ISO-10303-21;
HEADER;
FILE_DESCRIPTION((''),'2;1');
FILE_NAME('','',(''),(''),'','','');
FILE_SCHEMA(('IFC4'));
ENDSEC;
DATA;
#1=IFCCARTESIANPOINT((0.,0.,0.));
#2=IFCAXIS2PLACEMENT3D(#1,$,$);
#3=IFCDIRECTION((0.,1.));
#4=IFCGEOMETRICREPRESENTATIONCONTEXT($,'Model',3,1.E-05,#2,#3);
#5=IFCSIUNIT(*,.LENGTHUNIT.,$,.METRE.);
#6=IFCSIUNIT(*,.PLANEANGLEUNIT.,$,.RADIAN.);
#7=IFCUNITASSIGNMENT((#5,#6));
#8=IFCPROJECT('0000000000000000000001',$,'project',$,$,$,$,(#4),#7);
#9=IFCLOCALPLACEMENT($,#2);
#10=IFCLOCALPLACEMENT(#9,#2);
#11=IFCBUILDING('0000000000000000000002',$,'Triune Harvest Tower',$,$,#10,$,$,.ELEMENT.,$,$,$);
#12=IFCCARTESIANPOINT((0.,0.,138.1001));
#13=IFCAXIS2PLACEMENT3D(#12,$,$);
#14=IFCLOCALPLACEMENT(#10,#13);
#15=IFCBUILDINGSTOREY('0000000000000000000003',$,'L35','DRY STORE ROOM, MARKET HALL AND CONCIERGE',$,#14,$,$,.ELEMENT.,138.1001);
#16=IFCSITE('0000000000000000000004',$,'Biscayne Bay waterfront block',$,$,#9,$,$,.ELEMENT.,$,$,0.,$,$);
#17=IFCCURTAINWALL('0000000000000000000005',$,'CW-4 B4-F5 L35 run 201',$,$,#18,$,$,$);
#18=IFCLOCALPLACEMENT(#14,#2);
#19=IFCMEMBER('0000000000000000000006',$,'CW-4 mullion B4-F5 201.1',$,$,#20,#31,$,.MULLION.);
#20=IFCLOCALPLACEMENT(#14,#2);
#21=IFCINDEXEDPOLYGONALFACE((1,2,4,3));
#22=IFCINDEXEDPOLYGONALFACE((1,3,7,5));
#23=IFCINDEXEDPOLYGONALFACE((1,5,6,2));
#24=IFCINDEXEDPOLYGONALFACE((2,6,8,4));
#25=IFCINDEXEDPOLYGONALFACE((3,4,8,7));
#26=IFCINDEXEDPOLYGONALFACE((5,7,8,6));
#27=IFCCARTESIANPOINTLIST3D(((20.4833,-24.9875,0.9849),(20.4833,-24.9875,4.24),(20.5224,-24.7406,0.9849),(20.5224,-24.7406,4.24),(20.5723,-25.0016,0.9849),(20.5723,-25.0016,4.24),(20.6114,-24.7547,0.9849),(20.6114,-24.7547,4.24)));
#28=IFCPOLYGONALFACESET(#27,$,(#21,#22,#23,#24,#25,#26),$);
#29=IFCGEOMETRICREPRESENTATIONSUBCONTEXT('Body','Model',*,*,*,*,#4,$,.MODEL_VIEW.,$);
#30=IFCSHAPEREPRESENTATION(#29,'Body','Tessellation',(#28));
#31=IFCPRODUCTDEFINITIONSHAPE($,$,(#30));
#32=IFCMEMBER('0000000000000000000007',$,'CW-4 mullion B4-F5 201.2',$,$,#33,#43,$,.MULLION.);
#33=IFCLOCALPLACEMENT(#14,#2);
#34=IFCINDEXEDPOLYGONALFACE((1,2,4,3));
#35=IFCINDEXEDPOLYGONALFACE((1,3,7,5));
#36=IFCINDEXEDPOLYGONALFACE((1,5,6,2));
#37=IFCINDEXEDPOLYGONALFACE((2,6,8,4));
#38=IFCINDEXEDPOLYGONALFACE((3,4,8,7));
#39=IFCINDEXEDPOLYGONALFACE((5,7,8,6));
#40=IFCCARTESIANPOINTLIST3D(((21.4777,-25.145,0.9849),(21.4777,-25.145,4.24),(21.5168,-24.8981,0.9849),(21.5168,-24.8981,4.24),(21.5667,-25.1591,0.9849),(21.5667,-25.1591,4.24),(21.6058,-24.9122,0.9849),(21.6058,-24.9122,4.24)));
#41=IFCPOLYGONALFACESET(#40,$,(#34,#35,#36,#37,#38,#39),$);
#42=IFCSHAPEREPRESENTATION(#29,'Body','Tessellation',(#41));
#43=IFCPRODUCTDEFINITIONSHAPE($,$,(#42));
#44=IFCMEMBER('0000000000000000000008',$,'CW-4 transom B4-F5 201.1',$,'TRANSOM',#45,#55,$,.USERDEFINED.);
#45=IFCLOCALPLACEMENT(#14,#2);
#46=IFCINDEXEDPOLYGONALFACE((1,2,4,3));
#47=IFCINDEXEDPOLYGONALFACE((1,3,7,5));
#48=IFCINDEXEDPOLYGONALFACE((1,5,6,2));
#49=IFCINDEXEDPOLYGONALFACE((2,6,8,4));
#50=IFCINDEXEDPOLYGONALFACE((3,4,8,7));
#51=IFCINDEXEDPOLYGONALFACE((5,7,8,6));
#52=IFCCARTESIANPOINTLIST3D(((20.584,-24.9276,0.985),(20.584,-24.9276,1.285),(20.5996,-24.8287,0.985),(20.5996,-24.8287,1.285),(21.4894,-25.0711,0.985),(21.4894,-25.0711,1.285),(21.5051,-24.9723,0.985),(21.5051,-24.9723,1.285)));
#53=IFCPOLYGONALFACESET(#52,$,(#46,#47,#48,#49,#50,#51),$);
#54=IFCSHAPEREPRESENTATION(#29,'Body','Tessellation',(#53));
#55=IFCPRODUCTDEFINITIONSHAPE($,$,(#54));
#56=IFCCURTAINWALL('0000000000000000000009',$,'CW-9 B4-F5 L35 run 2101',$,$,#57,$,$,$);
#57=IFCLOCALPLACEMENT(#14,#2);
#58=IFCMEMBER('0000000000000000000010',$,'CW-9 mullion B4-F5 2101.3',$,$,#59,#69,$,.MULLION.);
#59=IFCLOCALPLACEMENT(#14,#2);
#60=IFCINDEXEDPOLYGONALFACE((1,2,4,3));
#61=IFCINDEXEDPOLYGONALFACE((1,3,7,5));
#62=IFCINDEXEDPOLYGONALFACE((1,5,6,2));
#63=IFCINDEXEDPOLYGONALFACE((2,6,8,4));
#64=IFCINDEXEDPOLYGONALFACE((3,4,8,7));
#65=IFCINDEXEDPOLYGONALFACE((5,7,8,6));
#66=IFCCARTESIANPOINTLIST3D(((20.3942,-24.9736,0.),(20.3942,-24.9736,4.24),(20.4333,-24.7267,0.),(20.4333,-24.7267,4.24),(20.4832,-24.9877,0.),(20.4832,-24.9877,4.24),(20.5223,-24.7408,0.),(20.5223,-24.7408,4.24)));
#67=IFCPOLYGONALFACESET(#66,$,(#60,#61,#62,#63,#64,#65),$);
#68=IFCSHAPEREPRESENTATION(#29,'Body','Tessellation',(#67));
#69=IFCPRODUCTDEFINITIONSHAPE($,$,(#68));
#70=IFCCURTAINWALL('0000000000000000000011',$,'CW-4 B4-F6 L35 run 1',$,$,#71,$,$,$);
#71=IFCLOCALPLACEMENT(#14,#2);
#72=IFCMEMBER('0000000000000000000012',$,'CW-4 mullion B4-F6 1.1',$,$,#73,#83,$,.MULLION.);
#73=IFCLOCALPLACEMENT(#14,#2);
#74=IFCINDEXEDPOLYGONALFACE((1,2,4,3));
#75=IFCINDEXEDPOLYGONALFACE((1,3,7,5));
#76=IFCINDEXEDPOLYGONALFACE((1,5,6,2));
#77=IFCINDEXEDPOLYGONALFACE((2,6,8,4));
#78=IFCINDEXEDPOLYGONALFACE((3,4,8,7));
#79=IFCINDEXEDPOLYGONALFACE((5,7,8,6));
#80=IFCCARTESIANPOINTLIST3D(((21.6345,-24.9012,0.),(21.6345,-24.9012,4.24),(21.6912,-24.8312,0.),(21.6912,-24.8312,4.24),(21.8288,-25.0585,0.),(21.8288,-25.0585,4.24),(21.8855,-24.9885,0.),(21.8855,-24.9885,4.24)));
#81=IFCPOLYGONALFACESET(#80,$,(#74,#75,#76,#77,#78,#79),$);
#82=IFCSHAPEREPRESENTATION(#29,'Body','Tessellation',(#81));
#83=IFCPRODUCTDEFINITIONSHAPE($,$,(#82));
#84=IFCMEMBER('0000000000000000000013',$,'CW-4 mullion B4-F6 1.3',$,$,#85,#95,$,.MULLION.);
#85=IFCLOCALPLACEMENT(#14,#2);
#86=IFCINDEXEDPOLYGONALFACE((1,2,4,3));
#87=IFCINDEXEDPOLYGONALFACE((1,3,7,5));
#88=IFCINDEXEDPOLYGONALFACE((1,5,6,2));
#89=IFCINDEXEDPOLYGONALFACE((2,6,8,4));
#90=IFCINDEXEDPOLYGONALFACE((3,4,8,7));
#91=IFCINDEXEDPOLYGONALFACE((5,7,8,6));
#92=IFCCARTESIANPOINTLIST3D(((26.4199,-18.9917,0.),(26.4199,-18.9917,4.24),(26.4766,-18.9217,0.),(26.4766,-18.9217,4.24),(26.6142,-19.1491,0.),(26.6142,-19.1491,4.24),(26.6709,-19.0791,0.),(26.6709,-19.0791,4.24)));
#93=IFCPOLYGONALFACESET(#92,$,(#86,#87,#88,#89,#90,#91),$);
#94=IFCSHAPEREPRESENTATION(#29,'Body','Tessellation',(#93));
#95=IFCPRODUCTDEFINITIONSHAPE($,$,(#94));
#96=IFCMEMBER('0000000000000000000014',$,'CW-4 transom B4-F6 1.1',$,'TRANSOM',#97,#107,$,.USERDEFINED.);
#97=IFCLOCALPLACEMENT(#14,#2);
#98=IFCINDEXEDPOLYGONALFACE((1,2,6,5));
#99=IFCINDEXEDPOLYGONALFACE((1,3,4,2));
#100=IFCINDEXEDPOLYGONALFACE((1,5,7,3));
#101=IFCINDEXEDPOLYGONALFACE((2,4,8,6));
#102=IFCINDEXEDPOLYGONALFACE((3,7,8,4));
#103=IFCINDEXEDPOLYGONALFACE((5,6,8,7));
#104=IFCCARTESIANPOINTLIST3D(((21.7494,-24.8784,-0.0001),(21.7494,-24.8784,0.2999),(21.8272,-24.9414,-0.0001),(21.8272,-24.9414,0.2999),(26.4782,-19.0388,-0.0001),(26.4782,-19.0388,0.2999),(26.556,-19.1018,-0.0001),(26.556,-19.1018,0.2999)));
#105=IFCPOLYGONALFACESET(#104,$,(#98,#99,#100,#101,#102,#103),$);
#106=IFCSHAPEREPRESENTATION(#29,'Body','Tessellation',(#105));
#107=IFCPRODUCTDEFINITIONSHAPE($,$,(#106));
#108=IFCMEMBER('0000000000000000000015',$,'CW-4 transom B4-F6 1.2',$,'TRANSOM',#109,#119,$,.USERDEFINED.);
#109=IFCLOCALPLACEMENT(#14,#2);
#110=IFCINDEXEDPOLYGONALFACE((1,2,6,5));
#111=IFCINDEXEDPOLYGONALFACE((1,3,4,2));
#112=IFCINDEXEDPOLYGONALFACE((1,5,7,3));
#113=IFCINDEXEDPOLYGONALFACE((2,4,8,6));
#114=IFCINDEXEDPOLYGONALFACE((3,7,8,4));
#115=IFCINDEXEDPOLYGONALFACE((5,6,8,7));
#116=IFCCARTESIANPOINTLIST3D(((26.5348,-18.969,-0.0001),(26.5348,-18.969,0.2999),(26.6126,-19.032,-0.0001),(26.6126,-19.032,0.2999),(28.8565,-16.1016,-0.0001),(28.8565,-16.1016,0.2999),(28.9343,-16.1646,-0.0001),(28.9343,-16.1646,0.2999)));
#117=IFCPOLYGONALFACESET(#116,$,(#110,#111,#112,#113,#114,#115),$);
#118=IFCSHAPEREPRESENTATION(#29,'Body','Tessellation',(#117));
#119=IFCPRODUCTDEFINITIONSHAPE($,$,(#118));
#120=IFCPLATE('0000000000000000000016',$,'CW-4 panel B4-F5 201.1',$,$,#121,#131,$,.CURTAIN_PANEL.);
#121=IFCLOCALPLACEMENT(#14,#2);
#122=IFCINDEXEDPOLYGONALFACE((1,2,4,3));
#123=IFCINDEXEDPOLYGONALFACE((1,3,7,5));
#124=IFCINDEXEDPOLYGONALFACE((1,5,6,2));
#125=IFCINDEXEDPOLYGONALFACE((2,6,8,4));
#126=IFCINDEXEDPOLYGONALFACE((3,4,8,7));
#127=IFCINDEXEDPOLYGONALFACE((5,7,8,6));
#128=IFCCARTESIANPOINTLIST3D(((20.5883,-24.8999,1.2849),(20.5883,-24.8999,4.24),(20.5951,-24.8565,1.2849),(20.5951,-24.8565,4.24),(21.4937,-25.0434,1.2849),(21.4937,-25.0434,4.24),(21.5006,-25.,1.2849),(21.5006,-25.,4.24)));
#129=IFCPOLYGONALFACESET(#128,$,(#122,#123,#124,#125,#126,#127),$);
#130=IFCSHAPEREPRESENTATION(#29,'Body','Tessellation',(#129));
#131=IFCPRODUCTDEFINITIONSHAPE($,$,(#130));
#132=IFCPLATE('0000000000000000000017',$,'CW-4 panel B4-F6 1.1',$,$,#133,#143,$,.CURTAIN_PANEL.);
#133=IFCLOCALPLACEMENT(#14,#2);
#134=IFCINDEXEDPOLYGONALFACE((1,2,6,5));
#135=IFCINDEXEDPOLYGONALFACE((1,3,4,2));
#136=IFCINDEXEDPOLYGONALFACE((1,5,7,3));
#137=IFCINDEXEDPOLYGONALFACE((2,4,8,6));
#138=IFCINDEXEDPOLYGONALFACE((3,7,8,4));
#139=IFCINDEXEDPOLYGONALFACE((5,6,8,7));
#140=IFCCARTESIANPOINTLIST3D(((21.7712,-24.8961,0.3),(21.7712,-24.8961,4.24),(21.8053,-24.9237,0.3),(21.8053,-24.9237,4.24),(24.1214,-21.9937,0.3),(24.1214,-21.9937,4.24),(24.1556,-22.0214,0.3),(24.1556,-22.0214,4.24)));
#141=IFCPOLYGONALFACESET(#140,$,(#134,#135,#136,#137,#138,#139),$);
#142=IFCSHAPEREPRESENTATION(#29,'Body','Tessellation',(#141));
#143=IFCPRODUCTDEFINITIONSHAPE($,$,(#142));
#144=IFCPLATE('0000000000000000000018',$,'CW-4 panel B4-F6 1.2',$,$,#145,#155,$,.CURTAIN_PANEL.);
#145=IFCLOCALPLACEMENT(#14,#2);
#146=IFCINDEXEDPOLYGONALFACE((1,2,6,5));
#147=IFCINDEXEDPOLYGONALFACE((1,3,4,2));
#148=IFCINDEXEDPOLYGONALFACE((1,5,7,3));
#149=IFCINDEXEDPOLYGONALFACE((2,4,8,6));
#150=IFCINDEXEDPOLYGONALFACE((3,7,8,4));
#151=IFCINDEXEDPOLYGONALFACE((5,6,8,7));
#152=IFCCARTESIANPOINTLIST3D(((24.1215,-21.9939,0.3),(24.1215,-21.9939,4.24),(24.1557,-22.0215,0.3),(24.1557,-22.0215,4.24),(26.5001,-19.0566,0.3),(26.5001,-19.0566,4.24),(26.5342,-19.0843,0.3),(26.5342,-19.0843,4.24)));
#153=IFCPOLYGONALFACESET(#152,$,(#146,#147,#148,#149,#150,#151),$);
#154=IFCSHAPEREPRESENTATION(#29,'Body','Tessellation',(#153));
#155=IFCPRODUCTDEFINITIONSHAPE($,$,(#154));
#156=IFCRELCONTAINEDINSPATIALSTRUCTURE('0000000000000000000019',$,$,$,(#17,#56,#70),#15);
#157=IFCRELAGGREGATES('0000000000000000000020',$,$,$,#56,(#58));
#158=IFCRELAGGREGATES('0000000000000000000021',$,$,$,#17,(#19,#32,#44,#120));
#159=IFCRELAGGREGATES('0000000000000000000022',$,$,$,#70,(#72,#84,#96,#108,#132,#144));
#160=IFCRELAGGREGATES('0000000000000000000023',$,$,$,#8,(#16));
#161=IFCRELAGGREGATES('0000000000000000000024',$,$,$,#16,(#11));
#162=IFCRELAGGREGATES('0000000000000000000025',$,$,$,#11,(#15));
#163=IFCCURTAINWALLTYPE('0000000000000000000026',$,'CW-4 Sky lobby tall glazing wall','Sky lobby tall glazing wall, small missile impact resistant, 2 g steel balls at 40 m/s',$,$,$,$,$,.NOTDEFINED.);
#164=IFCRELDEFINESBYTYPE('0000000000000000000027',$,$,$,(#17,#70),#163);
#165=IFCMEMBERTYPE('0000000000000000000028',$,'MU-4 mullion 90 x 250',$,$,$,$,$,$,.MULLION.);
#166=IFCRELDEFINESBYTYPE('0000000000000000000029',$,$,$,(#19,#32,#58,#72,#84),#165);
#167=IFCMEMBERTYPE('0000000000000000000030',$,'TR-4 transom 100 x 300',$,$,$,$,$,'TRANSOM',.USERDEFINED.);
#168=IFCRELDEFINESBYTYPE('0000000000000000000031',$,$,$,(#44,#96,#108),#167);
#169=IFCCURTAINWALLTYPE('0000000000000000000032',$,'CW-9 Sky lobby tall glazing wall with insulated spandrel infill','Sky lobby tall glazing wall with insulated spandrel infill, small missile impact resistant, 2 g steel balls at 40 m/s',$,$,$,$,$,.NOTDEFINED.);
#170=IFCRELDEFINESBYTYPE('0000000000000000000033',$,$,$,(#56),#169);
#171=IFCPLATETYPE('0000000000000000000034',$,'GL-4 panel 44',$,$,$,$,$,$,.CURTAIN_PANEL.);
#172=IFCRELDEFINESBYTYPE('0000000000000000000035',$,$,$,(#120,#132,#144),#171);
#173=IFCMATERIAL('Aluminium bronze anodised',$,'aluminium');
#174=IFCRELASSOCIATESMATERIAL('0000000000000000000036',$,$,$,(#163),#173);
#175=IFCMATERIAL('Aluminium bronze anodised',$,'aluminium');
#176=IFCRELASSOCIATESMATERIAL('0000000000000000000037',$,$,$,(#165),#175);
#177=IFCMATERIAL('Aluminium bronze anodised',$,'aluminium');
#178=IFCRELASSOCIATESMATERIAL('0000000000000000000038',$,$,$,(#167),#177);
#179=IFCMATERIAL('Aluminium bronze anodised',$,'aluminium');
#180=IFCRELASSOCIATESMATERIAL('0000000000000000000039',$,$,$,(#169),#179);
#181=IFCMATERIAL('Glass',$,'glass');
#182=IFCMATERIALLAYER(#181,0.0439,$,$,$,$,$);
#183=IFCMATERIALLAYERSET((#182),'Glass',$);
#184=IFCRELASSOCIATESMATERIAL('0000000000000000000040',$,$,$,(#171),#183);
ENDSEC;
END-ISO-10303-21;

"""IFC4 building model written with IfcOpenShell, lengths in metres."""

from ifc_helpers import new_model, si_unit, direction, frame, origin, origin_2d, place, context, subcontext, project, spatial, rectangle, extrude, source, transform, mapped, material, layer, layer_set, material_profile, profile_set, type_object, element, aggregate, save


model = new_model("IFC4")

# Units and contexts
model_context = context("Model", 3, precision=1e-05, world=origin(), true_north=direction((0.0, 1.0)))
body_context = subcontext(model_context, "Body", "Model", "MODEL_VIEW")
ifc_project = project(units=[si_unit("LENGTHUNIT", "METRE"), si_unit("PLANEANGLEUNIT", "RADIAN")], contexts=[model_context])

# Site, building, storey
site_placement = place(None, origin())
site = spatial("IfcSite", under=ifc_project, at=site_placement, Name="Biscayne Bay waterfront block", CompositionType="ELEMENT", RefElevation=0.0)
building_placement = place(site_placement, origin())
building = spatial("IfcBuilding", under=site, at=building_placement, Name="Triune Harvest Tower", CompositionType="ELEMENT")
storey_placement = place(building_placement, frame((0.0, 0.0, 138.1001)))
storey = spatial("IfcBuildingStorey", under=building, at=storey_placement, Name="L35", Description="DRY STORE ROOM, MARKET HALL AND CONCIERGE", CompositionType="ELEMENT", Elevation=138.1001)

# Curtain wall, members
ifc_material_1 = material(Name="Aluminium bronze anodised", Category="aluminium")
curtain_wall_type_1 = type_object("IfcCurtainWallType", Name="CW-4 Sky lobby tall glazing wall", Description="Sky lobby tall glazing wall, small missile impact resistant, 2 g steel balls at 40 m/s", PredefinedType="NOTDEFINED", material=ifc_material_1)
curtain_wall_1_placement = place(storey_placement, origin())
curtain_wall_1 = element("IfcCurtainWall", 1, at=curtain_wall_1_placement, inside=storey, type_object=curtain_wall_type_1, Name="CW-4 B4-F5 L35 run 201")
ifc_material_2 = material(Name="Aluminium bronze anodised", Category="aluminium")
ifc_material_profile_1 = material_profile(ifc_material_2, rectangle(XDim=0.25, YDim=0.0901, at=origin_2d()), Name="MU-4 mullion 90 x 250")
ifc_profile_set_1 = profile_set([ifc_material_profile_1], Name="Aluminium bronze anodised")
member_type_1 = type_object("IfcMemberType", Name="MU-4 mullion 90 x 250", PredefinedType="MULLION", material=ifc_profile_set_1)
shared_shape_1 = source(origin(), body_context, "Body", "SweptSolid", [
    extrude(rectangle(XDim=0.25, YDim=0.0901, at=origin_2d()), origin(), (0.0, 0.0, 1.0), 3.2551),
])
member_1_placement = place(storey_placement, frame((20.5474, -24.8711, 0.9849), z_axis=(0.0, 0.0, 1.0), x_axis=(0.156454, 0.987685, 0.0)))
member_1 = element("IfcMember", 2, at=member_1_placement, type_object=member_type_1, Name="CW-4 mullion B4-F5 201.1", PredefinedType="MULLION", context=body_context, shape_type="MappedRepresentation", body=[
    mapped(shared_shape_1, transform((0.0, 0.0, 0.0), scale=1.0)),
])
member_2_placement = place(storey_placement, frame((21.5417, -25.0286, 0.9849), z_axis=(0.0, 0.0, 1.0), x_axis=(0.156454, 0.987685, 0.0)))
member_2 = element("IfcMember", 3, at=member_2_placement, type_object=member_type_1, Name="CW-4 mullion B4-F5 201.2", PredefinedType="MULLION", context=body_context, shape_type="MappedRepresentation", body=[
    mapped(shared_shape_1, transform((0.0, 0.0, 0.0), scale=1.0)),
])
ifc_material_3 = material(Name="Aluminium bronze anodised", Category="aluminium")
ifc_material_profile_2 = material_profile(ifc_material_3, rectangle(XDim=0.1001, YDim=0.3, at=origin_2d()), Name="TR-4 transom 100 x 300")
ifc_profile_set_2 = profile_set([ifc_material_profile_2], Name="Aluminium bronze anodised")
member_type_2 = type_object("IfcMemberType", Name="TR-4 transom 100 x 300", ElementType="TRANSOM", PredefinedType="USERDEFINED", material=ifc_profile_set_2)
shared_shape_2 = source(origin(), body_context, "Body", "SweptSolid", [
    extrude(rectangle(XDim=0.1001, YDim=0.3, at=origin_2d()), origin(), (0.0, 0.0, 1.0), 0.9167),
])
member_3_placement = place(storey_placement, frame((20.5918, -24.8782, 1.135), z_axis=(0.987666, -0.156578, 0.0), x_axis=(0.156578, 0.987666, 0.0)))
member_3 = element("IfcMember", 4, at=member_3_placement, type_object=member_type_2, Name="CW-4 transom B4-F5 201.1", ObjectType="TRANSOM", PredefinedType="USERDEFINED", context=body_context, shape_type="MappedRepresentation", body=[
    mapped(shared_shape_2, transform((0.0, 0.0, 0.0), scale=1.0)),
])

# Curtain wall, member
ifc_material_4 = material(Name="Aluminium bronze anodised", Category="aluminium")
curtain_wall_type_2 = type_object("IfcCurtainWallType", Name="CW-9 Sky lobby tall glazing wall with insulated spandrel infill", Description="Sky lobby tall glazing wall with insulated spandrel infill, small missile impact resistant, 2 g steel balls at 40 m/s", PredefinedType="NOTDEFINED", material=ifc_material_4)
curtain_wall_2_placement = place(storey_placement, origin())
curtain_wall_2 = element("IfcCurtainWall", 5, at=curtain_wall_2_placement, inside=storey, type_object=curtain_wall_type_2, Name="CW-9 B4-F5 L35 run 2101")
shared_shape_3 = source(origin(), body_context, "Body", "SweptSolid", [
    extrude(rectangle(XDim=0.25, YDim=0.0901, at=origin_2d()), origin(), (0.0, 0.0, 1.0), 4.24),
])
member_4_placement = place(storey_placement, frame((20.4583, -24.8572, 0.0), z_axis=(0.0, 0.0, 1.0), x_axis=(0.156434, 0.987688, 0.0)))
member_4 = element("IfcMember", 6, at=member_4_placement, type_object=member_type_1, Name="CW-9 mullion B4-F5 2101.3", PredefinedType="MULLION", context=body_context, shape_type="MappedRepresentation", body=[
    mapped(shared_shape_3, transform((0.0, 0.0, 0.0), scale=1.0)),
])
aggregate(curtain_wall_2, [member_4])

# Curtain wall, members
curtain_wall_3_placement = place(storey_placement, origin())
curtain_wall_3 = element("IfcCurtainWall", 7, at=curtain_wall_3_placement, inside=storey, type_object=curtain_wall_type_1, Name="CW-4 B4-F6 L35 run 1")
member_5_placement = place(storey_placement, frame((21.76, -24.9448, 0.0), z_axis=(0.0, 0.0, 1.0), x_axis=(-0.777146, 0.629321, 0.0)))
member_5 = element("IfcMember", 8, at=member_5_placement, type_object=member_type_1, Name="CW-4 mullion B4-F6 1.1", PredefinedType="MULLION", context=body_context, shape_type="MappedRepresentation", body=[
    mapped(shared_shape_3, transform((0.0, 0.0, 0.0), scale=1.0)),
])
member_6_placement = place(storey_placement, frame((26.5454, -19.0354, 0.0), z_axis=(0.0, 0.0, 1.0), x_axis=(-0.777146, 0.629321, 0.0)))
member_6 = element("IfcMember", 9, at=member_6_placement, type_object=member_type_1, Name="CW-4 mullion B4-F6 1.3", PredefinedType="MULLION", context=body_context, shape_type="MappedRepresentation", body=[
    mapped(shared_shape_3, transform((0.0, 0.0, 0.0), scale=1.0)),
])
shared_shape_4 = source(origin(), body_context, "Body", "SweptSolid", [
    extrude(rectangle(XDim=0.1001, YDim=0.3, at=origin_2d()), origin(), (0.0, 0.0, 1.0), 7.5142),
])
member_7_placement = place(storey_placement, frame((21.7883, -24.9099, 0.1499), z_axis=(0.629316, 0.77715, 0.0), x_axis=(-0.77715, 0.629316, 0.0)))
member_7 = element("IfcMember", 10, at=member_7_placement, type_object=member_type_2, Name="CW-4 transom B4-F6 1.1", ObjectType="TRANSOM", PredefinedType="USERDEFINED", context=body_context, shape_type="MappedRepresentation", body=[
    mapped(shared_shape_4, transform((0.0, 0.0, 0.0), scale=1.0)),
])
shared_shape_5 = source(origin(), body_context, "Body", "SweptSolid", [
    extrude(rectangle(XDim=0.1001, YDim=0.3, at=origin_2d()), origin(), (0.0, 0.0, 1.0), 3.6895),
])
member_8_placement = place(storey_placement, frame((26.5737, -19.0005, 0.1499), z_axis=(0.629284, 0.777176, 0.0), x_axis=(-0.777176, 0.629284, 0.0)))
member_8 = element("IfcMember", 11, at=member_8_placement, type_object=member_type_2, Name="CW-4 transom B4-F6 1.2", ObjectType="TRANSOM", PredefinedType="USERDEFINED", context=body_context, shape_type="MappedRepresentation", body=[
    mapped(shared_shape_5, transform((0.0, 0.0, 0.0), scale=1.0)),
])

# Plates
ifc_material_5 = material(Name="Glass", Category="glass")
ifc_layer_1 = layer(ifc_material_5, 0.0439)
ifc_layer_set_1 = layer_set([ifc_layer_1], Name="Glass")
plate_type = type_object("IfcPlateType", Name="GL-4 panel 44", PredefinedType="CURTAIN_PANEL", material=ifc_layer_set_1)
shared_shape_6 = source(origin(), body_context, "Body", "SweptSolid", [
    extrude(rectangle(XDim=0.9167, YDim=0.0439, at=origin_2d()), origin(), (0.0, 0.0, 1.0), 2.9551),
])
plate_1_placement = place(storey_placement, frame((21.0444, -24.95, 1.2849), z_axis=(0.0, 0.0, 1.0), x_axis=(0.987685, -0.156454, 0.0)))
plate_1 = element("IfcPlate", 12, at=plate_1_placement, type_object=plate_type, Name="CW-4 panel B4-F5 201.1", PredefinedType="CURTAIN_PANEL", context=body_context, shape_type="MappedRepresentation", body=[
    mapped(shared_shape_6, transform((0.0, 0.0, 0.0), scale=1.0)),
])
aggregate(curtain_wall_1, [member_1, member_2, member_3, plate_1])
shared_shape_7 = source(origin(), body_context, "Body", "SweptSolid", [
    extrude(rectangle(XDim=3.7346, YDim=0.0439, at=origin_2d()), origin(), (0.0, 0.0, 1.0), 3.9399),
])
plate_2_placement = place(storey_placement, frame((22.9634, -23.4587, 0.3), z_axis=(0.0, 0.0, 1.0), x_axis=(0.629321, 0.777146, 0.0)))
plate_2 = element("IfcPlate", 13, at=plate_2_placement, type_object=plate_type, Name="CW-4 panel B4-F6 1.1", PredefinedType="CURTAIN_PANEL", context=body_context, shape_type="MappedRepresentation", body=[
    mapped(shared_shape_7, transform((0.0, 0.0, 0.0), scale=1.0)),
])
shared_shape_8 = source(origin(), body_context, "Body", "SweptSolid", [
    extrude(rectangle(XDim=3.7795, YDim=0.0439, at=origin_2d()), origin(), (0.0, 0.0, 1.0), 3.9399),
])
plate_3_placement = place(storey_placement, frame((25.3279, -20.5391, 0.3), z_axis=(0.0, 0.0, 1.0), x_axis=(0.629321, 0.777146, 0.0)))
plate_3 = element("IfcPlate", 14, at=plate_3_placement, type_object=plate_type, Name="CW-4 panel B4-F6 1.2", PredefinedType="CURTAIN_PANEL", context=body_context, shape_type="MappedRepresentation", body=[
    mapped(shared_shape_8, transform((0.0, 0.0, 0.0), scale=1.0)),
])
aggregate(curtain_wall_3, [member_5, member_6, member_7, member_8, plate_2, plate_3])

save(model, "model.ifc")
